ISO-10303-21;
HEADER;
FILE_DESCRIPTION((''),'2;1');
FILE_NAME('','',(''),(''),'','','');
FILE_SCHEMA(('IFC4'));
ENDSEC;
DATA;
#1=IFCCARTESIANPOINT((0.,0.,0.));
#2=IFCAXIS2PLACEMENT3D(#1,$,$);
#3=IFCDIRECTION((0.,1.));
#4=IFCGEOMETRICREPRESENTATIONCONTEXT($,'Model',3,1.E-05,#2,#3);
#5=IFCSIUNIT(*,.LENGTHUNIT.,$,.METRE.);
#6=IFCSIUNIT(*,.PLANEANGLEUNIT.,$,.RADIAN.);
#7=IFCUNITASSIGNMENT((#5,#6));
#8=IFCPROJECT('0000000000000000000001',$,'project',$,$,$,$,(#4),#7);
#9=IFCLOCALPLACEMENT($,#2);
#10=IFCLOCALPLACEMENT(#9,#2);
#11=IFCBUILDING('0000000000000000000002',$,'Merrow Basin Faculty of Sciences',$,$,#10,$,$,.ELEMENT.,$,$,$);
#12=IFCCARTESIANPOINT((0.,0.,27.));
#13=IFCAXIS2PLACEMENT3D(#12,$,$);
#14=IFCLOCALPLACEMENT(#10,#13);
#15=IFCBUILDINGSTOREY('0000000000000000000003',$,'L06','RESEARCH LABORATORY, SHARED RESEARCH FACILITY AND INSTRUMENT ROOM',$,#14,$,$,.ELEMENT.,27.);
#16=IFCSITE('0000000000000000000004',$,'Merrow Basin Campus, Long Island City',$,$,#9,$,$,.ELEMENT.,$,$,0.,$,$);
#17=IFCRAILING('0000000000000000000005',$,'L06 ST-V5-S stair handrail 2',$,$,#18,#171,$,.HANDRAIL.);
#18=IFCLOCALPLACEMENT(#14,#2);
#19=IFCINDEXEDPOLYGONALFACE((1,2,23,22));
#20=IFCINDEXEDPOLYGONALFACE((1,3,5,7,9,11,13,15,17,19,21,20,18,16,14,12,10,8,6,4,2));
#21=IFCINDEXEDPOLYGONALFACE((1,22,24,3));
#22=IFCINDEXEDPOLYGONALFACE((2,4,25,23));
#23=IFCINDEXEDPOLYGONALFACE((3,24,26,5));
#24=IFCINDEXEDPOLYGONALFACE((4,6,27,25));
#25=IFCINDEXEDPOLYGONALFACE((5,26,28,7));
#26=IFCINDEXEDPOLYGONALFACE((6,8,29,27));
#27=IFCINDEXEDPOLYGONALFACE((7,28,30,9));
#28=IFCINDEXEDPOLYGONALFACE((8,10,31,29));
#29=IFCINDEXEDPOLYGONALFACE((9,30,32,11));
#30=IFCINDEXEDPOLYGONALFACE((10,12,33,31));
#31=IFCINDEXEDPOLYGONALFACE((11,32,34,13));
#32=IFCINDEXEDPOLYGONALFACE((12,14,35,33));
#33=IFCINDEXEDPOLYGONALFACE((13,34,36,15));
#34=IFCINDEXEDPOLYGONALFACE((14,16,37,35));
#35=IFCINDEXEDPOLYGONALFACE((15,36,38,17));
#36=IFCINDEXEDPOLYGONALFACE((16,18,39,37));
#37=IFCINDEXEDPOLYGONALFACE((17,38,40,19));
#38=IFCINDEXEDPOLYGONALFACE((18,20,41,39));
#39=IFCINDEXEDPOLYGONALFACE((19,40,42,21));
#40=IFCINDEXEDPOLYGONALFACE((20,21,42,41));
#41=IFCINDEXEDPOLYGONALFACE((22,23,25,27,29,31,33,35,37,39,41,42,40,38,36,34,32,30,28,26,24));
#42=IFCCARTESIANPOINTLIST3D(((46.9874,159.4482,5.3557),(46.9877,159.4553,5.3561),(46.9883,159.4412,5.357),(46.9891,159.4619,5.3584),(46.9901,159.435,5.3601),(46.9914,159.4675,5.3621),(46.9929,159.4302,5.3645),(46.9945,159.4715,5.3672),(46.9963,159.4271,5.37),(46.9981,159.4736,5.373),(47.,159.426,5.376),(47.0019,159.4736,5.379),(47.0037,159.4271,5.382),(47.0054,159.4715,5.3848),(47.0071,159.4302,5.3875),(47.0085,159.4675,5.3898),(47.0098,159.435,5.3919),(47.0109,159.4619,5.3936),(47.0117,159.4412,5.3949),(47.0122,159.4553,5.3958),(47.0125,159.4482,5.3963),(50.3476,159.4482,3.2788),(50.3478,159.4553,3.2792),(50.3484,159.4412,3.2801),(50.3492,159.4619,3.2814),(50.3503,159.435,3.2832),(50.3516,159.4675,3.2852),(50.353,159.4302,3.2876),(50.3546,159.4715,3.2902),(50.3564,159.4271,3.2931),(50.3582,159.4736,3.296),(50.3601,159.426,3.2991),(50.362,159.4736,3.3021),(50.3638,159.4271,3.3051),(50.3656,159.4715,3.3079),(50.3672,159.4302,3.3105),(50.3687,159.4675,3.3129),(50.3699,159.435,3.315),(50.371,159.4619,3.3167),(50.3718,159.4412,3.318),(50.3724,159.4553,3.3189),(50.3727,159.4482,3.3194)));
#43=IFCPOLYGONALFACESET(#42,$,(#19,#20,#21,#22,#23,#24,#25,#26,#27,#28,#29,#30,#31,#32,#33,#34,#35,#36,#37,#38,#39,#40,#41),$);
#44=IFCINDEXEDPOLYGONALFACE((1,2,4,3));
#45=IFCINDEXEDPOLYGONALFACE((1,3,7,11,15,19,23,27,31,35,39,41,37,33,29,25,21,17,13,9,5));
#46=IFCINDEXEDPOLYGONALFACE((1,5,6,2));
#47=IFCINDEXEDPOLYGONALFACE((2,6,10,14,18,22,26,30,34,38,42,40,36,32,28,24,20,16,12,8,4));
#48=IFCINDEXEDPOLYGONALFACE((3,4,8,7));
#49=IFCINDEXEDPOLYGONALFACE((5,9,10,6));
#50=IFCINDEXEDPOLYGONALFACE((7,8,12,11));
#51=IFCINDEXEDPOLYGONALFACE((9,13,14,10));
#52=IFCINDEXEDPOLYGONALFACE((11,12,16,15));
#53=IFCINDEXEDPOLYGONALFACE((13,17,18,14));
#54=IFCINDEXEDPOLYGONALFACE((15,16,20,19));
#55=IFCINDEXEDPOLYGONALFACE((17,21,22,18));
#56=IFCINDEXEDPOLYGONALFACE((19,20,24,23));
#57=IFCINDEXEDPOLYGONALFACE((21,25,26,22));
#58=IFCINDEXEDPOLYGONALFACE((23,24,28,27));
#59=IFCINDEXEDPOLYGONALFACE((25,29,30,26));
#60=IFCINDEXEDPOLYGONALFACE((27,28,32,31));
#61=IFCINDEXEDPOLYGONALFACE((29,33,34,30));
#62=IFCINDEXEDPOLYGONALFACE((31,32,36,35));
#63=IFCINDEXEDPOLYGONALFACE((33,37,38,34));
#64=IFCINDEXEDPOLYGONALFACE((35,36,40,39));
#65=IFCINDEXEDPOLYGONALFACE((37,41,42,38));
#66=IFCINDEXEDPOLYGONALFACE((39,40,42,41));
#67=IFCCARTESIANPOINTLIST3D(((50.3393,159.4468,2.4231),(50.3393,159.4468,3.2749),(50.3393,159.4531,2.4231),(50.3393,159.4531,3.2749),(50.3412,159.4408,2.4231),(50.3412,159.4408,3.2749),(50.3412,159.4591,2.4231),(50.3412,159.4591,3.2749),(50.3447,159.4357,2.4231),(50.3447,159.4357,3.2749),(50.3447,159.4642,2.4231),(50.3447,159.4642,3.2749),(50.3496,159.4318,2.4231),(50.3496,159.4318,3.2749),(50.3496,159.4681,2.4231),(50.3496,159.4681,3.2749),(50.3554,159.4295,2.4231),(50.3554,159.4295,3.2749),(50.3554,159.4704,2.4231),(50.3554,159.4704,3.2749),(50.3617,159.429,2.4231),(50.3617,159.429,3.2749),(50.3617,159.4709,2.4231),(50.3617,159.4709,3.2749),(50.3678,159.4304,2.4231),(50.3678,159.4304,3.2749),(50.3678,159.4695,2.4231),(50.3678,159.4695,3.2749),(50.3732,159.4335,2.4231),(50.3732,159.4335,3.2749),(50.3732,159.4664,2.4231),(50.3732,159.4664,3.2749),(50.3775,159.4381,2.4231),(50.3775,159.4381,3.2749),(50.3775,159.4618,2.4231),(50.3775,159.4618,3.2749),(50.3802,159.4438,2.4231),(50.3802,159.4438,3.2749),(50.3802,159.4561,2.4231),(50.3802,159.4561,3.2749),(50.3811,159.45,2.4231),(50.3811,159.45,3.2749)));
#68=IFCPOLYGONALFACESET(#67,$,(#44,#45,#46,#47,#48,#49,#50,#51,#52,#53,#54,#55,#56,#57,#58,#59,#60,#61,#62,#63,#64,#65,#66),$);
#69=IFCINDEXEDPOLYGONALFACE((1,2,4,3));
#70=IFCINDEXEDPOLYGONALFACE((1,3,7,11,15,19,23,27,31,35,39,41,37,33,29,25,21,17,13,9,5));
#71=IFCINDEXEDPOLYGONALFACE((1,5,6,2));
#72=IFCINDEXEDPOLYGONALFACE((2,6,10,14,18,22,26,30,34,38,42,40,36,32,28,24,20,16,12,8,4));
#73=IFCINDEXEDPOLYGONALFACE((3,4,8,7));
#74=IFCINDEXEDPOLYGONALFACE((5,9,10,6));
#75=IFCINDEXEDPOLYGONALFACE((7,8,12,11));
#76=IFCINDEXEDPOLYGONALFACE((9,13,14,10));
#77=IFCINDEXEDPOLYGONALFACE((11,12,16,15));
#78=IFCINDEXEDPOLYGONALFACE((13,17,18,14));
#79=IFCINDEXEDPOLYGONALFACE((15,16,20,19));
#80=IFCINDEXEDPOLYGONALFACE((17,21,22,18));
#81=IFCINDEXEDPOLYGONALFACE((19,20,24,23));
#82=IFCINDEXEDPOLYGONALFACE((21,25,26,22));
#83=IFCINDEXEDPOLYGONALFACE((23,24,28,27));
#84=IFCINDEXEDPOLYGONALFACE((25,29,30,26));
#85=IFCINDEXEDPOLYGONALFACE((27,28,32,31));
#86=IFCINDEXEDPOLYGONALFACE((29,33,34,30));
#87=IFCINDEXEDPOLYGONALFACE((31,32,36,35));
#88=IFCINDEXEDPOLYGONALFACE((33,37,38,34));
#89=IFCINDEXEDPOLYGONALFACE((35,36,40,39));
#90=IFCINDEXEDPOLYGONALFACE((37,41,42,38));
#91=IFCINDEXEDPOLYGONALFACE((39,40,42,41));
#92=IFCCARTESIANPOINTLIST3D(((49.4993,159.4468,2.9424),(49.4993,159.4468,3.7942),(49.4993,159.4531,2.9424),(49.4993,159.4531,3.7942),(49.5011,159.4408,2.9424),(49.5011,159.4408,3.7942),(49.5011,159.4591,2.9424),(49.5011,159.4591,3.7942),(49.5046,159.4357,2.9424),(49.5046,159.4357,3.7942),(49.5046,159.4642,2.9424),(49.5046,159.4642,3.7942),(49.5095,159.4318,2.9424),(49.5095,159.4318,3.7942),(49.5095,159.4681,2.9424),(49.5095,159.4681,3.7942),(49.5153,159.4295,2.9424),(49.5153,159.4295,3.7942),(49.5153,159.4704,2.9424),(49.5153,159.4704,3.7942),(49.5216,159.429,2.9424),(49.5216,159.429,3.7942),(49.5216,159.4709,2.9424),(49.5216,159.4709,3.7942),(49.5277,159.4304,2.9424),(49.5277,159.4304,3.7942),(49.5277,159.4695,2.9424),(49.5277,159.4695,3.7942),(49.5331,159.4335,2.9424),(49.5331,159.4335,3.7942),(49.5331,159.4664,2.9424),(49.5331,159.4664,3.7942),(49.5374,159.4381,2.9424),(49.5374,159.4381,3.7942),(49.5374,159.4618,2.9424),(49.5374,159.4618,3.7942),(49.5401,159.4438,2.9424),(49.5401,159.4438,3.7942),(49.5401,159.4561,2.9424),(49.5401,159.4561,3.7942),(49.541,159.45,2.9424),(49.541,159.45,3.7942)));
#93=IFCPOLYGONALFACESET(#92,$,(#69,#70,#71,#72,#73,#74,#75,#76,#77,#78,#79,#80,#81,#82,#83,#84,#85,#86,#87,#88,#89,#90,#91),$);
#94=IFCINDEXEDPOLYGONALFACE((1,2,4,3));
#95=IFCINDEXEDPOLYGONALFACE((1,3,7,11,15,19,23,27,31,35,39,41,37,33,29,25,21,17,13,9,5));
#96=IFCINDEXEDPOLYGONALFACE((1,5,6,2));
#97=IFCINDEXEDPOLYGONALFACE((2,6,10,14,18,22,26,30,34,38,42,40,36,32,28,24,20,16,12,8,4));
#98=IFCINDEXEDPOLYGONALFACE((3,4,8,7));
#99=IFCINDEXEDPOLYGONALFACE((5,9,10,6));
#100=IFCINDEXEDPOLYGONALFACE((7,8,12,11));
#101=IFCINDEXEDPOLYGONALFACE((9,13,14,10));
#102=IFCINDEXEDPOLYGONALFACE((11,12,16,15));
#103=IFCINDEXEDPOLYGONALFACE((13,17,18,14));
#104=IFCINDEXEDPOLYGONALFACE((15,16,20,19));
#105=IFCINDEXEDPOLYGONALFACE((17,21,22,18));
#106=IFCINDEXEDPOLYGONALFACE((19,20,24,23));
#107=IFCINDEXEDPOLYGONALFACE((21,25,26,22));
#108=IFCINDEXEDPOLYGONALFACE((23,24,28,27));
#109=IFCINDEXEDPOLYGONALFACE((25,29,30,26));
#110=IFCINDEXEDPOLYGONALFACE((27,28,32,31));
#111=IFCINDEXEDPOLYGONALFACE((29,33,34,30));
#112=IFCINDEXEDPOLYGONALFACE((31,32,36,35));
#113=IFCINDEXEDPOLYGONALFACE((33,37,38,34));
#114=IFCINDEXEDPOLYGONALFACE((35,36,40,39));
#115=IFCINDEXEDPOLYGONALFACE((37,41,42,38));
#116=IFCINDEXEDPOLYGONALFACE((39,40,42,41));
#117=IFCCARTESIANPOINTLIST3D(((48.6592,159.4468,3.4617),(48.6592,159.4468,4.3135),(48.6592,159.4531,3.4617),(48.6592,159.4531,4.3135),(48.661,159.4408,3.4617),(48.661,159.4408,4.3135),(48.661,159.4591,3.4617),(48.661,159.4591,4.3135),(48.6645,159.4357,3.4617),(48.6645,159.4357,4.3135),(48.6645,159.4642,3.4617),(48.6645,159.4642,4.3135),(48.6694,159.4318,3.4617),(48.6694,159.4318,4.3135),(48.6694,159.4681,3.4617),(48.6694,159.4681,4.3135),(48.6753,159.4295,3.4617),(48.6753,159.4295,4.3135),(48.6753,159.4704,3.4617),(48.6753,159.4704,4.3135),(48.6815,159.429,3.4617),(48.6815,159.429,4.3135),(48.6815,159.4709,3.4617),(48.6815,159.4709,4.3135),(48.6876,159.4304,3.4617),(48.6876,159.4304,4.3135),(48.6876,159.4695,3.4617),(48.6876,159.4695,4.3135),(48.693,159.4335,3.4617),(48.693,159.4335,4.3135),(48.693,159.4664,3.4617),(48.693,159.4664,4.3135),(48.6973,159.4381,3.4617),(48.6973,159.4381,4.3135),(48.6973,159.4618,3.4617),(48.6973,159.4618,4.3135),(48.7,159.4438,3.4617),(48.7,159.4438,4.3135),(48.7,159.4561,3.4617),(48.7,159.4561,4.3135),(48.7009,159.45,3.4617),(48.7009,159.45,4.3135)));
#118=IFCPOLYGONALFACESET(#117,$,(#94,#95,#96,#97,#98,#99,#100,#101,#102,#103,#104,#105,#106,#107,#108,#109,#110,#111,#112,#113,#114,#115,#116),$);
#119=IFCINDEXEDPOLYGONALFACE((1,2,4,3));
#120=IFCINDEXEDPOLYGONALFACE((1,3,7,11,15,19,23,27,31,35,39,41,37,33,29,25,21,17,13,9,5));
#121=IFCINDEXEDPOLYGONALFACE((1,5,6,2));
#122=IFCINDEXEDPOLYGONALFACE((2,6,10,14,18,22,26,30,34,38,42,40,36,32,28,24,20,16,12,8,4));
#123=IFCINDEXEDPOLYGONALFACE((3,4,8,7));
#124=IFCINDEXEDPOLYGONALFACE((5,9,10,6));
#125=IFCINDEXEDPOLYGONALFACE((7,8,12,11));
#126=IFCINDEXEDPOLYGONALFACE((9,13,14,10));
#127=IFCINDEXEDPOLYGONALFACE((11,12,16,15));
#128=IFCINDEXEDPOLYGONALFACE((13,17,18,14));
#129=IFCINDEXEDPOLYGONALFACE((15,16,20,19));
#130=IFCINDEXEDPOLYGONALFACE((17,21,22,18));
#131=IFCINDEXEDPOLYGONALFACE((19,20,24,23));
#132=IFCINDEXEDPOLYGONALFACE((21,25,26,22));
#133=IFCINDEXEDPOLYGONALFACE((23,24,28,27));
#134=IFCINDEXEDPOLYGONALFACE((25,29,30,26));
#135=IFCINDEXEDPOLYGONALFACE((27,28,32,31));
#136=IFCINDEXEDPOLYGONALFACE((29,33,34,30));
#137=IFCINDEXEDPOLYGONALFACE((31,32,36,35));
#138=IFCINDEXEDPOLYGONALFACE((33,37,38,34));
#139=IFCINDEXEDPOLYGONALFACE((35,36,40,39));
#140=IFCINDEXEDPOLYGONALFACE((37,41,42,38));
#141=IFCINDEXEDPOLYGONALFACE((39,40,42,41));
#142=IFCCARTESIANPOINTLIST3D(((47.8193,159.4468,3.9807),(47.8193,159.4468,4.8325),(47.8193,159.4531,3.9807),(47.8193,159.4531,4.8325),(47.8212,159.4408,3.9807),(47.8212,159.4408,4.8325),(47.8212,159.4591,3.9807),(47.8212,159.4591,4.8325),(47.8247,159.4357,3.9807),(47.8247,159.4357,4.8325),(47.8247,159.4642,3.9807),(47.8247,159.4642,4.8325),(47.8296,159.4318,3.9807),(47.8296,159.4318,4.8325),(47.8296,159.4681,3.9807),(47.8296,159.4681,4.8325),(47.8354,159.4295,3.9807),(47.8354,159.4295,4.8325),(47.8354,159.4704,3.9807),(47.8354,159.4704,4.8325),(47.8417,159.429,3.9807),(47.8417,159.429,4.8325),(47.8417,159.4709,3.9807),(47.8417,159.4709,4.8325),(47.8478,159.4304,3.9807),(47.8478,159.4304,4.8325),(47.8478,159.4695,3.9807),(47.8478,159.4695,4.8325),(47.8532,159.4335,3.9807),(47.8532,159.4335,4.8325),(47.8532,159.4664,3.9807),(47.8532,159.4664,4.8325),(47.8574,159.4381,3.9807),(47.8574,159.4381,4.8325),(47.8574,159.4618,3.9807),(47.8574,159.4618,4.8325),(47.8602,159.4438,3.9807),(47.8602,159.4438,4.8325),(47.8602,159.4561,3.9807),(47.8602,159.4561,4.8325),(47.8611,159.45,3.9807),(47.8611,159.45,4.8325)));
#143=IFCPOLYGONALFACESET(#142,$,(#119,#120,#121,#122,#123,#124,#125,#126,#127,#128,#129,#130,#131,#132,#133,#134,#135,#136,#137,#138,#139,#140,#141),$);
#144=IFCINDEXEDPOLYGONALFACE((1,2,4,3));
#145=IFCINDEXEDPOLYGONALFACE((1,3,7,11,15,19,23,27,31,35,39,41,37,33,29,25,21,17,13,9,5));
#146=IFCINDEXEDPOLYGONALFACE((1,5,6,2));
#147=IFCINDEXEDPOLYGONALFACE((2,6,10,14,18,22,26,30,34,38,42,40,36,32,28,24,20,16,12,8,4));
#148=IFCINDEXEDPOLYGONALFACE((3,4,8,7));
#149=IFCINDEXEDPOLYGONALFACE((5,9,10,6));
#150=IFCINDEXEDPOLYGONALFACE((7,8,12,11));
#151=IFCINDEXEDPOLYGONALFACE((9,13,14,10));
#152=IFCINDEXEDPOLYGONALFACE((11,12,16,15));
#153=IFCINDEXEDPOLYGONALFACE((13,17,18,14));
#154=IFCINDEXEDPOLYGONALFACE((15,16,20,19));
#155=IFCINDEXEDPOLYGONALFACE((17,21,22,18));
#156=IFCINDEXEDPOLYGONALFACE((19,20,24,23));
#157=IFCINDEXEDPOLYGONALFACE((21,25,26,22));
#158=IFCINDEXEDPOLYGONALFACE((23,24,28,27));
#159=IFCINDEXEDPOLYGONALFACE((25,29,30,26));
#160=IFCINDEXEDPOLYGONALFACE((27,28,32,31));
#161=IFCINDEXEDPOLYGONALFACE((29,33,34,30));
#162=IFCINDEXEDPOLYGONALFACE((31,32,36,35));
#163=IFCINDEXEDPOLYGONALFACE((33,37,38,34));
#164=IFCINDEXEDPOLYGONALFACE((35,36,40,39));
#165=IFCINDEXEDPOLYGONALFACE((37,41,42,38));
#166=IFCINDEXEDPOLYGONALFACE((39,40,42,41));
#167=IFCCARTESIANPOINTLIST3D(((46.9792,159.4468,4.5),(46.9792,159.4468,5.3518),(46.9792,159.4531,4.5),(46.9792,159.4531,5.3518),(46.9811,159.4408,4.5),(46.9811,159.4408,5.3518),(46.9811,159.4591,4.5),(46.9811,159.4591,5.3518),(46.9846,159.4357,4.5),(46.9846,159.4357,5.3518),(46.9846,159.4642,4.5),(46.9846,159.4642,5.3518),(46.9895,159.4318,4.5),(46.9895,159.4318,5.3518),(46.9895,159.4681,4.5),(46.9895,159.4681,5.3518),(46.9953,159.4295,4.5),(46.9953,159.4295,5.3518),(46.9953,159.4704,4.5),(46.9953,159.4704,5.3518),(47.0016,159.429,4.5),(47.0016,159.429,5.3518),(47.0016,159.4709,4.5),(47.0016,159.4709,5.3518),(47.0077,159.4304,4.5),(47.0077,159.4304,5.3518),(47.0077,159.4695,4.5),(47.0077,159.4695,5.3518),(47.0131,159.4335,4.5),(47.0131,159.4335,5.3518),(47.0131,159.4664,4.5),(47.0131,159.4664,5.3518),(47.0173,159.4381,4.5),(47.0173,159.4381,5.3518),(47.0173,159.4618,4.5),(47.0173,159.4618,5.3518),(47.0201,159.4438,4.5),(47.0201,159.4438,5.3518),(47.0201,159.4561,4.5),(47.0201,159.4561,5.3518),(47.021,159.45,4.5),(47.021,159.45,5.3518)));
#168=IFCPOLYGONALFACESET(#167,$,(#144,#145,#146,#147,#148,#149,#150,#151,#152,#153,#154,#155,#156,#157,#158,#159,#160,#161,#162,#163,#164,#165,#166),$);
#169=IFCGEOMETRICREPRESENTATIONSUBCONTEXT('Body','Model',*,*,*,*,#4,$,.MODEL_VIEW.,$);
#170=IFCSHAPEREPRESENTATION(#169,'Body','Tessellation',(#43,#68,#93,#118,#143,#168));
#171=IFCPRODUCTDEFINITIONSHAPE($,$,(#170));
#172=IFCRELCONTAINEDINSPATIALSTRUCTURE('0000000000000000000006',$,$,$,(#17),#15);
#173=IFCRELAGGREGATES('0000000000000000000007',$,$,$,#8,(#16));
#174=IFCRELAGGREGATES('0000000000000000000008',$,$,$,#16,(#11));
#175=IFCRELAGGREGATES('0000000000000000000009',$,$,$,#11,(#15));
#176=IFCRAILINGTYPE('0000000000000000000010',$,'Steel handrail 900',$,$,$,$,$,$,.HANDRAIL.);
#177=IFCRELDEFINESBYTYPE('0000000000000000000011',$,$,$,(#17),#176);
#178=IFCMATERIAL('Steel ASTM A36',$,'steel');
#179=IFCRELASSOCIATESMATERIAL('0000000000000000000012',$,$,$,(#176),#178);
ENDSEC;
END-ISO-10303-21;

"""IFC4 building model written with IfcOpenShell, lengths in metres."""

from ifc_helpers import new_model, si_unit, direction, frame, origin, origin_2d, place, context, subcontext, project, spatial, circle, extrude, material, type_object, element, save


model = new_model("IFC4")

# Units and contexts
model_context = context("Model", 3, precision=1e-05, world=origin(), true_north=direction((0.0, 1.0)))
body_context = subcontext(model_context, "Body", "Model", "MODEL_VIEW")
ifc_project = project(units=[si_unit("LENGTHUNIT", "METRE"), si_unit("PLANEANGLEUNIT", "RADIAN")], contexts=[model_context])

# Site, building, storey
site_placement = place(None, origin())
site = spatial("IfcSite", under=ifc_project, at=site_placement, Name="Merrow Basin Campus, Long Island City", CompositionType="ELEMENT", RefElevation=0.0)
building_placement = place(site_placement, origin())
building = spatial("IfcBuilding", under=site, at=building_placement, Name="Merrow Basin Faculty of Sciences", CompositionType="ELEMENT")
storey_placement = place(building_placement, frame((0.0, 0.0, 27.0)))
storey = spatial("IfcBuildingStorey", under=building, at=storey_placement, Name="L06", Description="RESEARCH LABORATORY, SHARED RESEARCH FACILITY AND INSTRUMENT ROOM", CompositionType="ELEMENT", Elevation=27.0)

# Railing
ifc_material_1 = material(Name="Steel ASTM A36", Category="steel")
railing_type = type_object("IfcRailingType", Name="Steel handrail 900", PredefinedType="HANDRAIL", material=ifc_material_1)
railing_placement = place(storey_placement, frame((50.3601, 159.45, 2.4231)))
element("IfcRailing", 1, at=railing_placement, inside=storey, type_object=railing_type, Name="L06 ST-V5-S stair handrail 2", PredefinedType="HANDRAIL", context=body_context, shape_type="SweptSolid", body=[
    extrude(circle(Radius=0.0239, at=origin_2d()), frame((0.0, 0.0, 0.876), z_axis=(-0.850623, 0.0, 0.525776), x_axis=(0.0, -1.0, 0.0)), (0.0, 0.0, 1.0), 3.9502),
    extrude(circle(Radius=0.021, at=origin_2d()), origin(), (0.0, 0.0, 1.0), 0.8518),
    extrude(circle(Radius=0.021, at=origin_2d()), frame((-0.8401, 0.0, 0.5193)), (0.0, 0.0, 1.0), 0.8518),
    extrude(circle(Radius=0.021, at=origin_2d()), frame((-1.6802, 0.0, 1.0386)), (0.0, 0.0, 1.0), 0.8518),
    extrude(circle(Radius=0.021, at=origin_2d()), frame((-2.52, 0.0, 1.5576)), (0.0, 0.0, 1.0), 0.8518),
    extrude(circle(Radius=0.021, at=origin_2d()), frame((-3.3601, 0.0, 2.0769)), (0.0, 0.0, 1.0), 0.8518),
])

save(model, "model.ifc")
